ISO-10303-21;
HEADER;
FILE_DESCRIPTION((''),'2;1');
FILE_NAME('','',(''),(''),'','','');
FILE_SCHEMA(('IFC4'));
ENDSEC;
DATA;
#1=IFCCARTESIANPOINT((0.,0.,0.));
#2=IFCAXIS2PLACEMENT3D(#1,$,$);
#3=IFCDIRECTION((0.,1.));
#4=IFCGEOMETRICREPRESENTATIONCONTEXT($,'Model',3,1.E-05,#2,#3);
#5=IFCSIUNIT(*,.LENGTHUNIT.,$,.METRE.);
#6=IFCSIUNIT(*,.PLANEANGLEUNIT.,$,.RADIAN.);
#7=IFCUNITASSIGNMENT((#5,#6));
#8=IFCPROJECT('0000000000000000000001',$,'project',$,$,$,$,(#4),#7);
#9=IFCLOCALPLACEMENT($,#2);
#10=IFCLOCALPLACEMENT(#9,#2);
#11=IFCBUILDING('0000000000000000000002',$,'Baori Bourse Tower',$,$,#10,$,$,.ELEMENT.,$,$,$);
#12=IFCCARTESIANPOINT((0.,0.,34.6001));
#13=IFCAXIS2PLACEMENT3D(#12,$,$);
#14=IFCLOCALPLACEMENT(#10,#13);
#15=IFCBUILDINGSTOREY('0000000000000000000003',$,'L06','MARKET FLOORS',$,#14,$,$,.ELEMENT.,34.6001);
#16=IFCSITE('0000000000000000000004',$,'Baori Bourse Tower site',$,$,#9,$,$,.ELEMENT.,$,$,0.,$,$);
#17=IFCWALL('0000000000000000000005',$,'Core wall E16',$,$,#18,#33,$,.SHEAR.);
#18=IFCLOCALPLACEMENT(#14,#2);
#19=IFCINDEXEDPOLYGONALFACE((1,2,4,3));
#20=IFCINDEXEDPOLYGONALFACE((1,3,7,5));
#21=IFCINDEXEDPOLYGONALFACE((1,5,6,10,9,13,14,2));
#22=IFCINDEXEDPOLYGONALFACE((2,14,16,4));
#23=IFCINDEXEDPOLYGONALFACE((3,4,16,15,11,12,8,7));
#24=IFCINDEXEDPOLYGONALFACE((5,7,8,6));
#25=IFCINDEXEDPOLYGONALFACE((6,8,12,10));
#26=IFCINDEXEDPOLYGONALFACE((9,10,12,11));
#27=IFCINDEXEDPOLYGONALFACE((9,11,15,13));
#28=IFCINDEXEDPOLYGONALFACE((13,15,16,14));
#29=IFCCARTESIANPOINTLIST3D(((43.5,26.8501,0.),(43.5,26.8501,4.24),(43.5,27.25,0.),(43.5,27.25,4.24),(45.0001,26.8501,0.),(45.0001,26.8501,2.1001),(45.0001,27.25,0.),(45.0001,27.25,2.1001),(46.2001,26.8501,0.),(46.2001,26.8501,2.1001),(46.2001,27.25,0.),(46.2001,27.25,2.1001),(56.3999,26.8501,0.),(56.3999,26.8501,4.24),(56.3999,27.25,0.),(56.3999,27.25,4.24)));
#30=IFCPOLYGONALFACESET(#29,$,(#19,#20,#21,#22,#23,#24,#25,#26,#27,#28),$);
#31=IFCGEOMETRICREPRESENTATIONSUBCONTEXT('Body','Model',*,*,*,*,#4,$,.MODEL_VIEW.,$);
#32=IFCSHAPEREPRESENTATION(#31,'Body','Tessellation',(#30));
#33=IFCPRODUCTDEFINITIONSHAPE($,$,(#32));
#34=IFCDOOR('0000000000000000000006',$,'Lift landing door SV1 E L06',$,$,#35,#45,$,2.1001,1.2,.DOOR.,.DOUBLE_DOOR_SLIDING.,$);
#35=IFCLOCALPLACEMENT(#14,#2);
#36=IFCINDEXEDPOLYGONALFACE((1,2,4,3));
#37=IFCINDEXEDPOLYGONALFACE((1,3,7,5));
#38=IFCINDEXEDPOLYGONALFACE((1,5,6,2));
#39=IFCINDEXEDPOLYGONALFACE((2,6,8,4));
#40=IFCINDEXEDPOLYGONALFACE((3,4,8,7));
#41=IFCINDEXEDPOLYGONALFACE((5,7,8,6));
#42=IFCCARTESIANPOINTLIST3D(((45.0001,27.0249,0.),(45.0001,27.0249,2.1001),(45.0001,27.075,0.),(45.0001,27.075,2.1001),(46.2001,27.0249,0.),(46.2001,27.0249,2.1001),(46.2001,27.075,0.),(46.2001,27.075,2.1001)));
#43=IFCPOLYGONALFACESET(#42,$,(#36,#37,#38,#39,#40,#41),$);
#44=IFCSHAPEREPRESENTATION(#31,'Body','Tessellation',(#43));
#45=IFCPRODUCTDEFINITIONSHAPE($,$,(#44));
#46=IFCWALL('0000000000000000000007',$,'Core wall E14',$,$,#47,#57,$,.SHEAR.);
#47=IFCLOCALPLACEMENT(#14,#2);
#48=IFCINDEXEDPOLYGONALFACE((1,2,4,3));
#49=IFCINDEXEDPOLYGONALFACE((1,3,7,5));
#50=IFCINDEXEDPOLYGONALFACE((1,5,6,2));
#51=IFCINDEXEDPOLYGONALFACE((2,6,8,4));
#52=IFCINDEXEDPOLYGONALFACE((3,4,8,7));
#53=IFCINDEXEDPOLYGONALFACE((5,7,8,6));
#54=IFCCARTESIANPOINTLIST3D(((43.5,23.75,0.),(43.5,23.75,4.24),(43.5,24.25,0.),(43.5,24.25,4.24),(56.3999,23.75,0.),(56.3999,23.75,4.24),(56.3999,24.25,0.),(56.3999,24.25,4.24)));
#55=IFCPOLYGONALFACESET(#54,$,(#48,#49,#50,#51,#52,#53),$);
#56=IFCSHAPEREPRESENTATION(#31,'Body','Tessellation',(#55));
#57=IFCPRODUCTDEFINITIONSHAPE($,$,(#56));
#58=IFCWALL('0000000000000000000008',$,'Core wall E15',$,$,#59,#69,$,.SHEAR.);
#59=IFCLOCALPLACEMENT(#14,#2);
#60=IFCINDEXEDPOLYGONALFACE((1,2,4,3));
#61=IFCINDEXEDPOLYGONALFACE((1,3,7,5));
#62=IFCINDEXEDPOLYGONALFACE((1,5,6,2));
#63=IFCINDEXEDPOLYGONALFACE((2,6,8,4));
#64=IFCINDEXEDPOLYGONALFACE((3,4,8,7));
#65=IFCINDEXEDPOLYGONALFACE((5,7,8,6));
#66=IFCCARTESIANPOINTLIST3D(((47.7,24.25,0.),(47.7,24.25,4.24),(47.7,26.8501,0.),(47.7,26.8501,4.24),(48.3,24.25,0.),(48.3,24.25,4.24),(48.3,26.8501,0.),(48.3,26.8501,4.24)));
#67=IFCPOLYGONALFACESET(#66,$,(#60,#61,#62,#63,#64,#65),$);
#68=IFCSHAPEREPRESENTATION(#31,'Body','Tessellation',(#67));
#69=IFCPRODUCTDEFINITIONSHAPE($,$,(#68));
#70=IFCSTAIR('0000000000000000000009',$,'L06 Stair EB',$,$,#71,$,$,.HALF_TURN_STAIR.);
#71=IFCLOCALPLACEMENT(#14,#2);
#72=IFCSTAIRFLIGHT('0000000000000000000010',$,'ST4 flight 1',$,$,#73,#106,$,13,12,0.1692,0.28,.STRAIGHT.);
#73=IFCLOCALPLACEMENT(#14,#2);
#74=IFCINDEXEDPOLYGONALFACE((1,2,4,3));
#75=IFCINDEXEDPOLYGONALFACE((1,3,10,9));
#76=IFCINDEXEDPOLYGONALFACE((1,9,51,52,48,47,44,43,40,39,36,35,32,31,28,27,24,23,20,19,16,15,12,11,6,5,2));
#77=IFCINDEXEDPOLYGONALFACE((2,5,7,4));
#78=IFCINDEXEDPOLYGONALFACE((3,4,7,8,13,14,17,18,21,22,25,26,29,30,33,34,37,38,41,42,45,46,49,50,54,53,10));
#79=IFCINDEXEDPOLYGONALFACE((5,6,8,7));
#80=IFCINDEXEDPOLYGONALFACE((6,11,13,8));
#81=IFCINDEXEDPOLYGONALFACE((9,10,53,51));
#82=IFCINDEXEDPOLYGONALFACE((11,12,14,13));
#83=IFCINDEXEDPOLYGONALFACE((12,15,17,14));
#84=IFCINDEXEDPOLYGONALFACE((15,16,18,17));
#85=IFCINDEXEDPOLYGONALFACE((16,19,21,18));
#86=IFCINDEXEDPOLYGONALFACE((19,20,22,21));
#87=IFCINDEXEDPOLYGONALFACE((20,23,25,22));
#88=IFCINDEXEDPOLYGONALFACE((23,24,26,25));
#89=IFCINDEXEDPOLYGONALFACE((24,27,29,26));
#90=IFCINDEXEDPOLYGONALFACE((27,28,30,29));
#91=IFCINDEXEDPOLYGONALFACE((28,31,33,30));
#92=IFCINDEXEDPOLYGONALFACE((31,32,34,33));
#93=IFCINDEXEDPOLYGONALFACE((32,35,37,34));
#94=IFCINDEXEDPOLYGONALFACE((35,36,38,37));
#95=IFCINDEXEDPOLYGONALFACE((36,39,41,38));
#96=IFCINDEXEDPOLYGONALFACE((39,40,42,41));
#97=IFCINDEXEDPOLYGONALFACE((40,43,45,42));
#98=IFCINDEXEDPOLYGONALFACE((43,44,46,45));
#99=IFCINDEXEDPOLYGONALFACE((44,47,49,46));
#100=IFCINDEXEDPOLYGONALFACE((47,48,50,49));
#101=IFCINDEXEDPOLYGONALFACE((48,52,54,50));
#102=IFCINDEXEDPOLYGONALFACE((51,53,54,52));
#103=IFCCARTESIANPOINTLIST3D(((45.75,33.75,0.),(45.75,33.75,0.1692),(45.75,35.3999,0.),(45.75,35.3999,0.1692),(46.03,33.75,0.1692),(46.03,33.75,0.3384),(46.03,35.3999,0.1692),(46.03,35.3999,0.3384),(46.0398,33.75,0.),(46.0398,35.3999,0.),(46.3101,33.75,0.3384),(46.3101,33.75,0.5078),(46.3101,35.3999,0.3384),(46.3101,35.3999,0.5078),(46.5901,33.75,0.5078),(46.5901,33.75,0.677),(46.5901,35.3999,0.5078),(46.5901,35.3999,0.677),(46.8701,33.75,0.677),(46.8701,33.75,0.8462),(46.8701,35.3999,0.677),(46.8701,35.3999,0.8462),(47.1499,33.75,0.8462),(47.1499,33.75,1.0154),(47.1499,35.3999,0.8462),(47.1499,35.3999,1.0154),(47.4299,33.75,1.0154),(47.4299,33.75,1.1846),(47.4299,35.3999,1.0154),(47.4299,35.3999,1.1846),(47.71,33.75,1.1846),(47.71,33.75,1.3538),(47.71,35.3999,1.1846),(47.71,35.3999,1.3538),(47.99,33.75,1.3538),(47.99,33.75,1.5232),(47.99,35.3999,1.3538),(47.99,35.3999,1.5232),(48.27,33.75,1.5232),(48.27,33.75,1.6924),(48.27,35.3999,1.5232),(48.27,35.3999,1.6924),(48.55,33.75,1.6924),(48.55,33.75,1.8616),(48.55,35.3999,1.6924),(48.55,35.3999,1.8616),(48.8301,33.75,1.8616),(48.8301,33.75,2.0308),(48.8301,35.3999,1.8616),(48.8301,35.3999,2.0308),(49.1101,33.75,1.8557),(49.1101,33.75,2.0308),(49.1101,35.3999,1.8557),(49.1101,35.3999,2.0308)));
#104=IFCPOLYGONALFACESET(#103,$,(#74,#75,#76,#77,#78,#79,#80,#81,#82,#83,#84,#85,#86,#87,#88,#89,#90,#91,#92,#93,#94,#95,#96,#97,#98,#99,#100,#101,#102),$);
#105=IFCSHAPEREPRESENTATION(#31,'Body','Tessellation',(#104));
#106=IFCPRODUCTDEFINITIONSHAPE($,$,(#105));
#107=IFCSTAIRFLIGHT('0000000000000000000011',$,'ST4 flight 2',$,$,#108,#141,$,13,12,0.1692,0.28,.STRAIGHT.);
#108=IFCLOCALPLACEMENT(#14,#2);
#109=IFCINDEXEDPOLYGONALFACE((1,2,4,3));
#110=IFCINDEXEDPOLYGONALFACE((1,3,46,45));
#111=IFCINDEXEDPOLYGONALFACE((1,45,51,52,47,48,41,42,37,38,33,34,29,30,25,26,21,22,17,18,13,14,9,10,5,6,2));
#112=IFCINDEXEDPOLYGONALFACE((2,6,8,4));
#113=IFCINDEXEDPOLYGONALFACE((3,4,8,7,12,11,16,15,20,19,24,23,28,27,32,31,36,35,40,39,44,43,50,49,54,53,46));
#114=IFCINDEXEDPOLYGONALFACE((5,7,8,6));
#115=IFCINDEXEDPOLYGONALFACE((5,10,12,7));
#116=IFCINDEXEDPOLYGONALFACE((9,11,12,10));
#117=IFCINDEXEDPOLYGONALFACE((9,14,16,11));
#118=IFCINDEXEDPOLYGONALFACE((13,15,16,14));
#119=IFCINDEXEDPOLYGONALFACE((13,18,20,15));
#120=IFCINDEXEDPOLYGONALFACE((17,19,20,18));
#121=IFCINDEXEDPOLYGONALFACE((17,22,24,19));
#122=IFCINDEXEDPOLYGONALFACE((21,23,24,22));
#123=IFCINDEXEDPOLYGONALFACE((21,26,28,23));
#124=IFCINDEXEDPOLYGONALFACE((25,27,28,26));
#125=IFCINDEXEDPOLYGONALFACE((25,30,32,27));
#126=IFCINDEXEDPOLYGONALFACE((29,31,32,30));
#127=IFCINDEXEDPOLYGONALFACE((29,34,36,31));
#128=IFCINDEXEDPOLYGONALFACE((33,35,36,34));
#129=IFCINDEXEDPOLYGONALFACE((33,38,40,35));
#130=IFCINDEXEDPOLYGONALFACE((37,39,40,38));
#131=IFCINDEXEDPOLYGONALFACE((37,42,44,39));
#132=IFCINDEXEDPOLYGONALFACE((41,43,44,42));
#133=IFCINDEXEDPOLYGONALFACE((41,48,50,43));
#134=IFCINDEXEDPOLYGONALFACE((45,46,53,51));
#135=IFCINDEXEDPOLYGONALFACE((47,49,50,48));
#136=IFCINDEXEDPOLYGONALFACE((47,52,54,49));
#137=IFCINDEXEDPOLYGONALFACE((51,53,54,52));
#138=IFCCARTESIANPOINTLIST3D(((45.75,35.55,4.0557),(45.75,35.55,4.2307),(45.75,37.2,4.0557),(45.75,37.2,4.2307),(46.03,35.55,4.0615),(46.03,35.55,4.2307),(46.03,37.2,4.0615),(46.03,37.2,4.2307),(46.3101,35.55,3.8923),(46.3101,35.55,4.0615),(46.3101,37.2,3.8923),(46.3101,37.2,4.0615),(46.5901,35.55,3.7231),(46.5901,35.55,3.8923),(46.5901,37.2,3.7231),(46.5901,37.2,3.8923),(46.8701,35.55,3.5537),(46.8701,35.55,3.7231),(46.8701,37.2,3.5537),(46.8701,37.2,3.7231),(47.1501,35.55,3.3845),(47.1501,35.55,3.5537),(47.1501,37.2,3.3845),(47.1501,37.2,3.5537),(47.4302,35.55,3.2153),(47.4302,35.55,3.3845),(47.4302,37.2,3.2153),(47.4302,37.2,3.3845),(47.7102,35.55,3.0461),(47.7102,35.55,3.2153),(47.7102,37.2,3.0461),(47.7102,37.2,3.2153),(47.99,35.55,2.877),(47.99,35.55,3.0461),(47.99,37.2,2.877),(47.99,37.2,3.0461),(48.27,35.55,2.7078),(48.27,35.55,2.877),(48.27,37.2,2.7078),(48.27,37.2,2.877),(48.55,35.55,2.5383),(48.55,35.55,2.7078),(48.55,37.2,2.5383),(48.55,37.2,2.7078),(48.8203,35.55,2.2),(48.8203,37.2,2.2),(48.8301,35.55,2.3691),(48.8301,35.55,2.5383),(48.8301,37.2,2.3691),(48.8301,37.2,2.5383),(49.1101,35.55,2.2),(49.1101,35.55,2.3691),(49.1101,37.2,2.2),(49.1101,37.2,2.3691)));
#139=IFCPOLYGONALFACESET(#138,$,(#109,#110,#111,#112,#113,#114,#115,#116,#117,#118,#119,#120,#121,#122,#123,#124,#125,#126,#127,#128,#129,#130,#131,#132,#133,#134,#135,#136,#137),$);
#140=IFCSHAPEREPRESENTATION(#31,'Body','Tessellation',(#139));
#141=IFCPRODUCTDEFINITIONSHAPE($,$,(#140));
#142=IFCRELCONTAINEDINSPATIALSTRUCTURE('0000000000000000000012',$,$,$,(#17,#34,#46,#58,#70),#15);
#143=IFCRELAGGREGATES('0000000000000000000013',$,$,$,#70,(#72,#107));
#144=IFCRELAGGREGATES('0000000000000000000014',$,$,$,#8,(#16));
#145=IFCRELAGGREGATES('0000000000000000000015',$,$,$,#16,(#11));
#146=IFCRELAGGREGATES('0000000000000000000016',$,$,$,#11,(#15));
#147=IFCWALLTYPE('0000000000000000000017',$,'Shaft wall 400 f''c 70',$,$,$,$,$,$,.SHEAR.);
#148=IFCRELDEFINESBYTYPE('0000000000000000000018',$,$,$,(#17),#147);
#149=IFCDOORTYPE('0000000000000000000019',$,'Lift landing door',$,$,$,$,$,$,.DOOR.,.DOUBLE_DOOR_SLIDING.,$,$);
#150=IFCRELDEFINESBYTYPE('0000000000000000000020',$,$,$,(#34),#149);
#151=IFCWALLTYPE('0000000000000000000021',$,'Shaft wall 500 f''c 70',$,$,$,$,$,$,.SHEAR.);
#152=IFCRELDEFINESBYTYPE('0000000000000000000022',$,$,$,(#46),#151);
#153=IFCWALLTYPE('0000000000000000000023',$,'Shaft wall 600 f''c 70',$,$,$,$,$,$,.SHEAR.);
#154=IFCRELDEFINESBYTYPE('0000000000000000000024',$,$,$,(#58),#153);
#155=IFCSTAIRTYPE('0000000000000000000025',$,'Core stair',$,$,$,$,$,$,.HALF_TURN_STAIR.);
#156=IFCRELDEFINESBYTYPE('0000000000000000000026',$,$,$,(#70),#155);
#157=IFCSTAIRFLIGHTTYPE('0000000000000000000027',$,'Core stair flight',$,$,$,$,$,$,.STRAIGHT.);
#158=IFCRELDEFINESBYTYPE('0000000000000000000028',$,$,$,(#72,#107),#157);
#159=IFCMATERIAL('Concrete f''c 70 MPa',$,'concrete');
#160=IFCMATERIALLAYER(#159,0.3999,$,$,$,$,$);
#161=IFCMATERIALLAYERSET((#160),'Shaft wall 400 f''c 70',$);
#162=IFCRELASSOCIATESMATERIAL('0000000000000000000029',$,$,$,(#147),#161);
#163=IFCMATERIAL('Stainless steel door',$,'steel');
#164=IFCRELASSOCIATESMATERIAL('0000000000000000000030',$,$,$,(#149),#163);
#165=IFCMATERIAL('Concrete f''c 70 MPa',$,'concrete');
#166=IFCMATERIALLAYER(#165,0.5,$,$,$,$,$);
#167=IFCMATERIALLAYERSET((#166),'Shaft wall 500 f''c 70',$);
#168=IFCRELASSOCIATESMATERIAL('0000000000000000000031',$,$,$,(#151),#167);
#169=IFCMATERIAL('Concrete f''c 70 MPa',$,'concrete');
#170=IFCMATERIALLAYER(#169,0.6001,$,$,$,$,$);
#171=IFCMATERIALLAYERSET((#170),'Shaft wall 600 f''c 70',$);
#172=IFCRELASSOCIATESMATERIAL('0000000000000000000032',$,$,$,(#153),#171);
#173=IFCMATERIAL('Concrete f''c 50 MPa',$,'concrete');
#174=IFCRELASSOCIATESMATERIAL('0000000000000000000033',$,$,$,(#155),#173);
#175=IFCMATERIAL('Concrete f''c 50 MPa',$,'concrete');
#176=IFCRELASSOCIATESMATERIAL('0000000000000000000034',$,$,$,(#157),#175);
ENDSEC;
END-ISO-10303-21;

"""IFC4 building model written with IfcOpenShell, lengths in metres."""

from ifc_helpers import new_model, si_unit, direction, frame, frame_2d, origin, place, context, subcontext, project, spatial, polyline, rectangle, outline, extrude, material, layer, layer_set, type_object, element, fill, aggregate, save


model = new_model("IFC4")

# Units and contexts
model_context = context("Model", 3, precision=1e-05, world=origin(), true_north=direction((0.0, 1.0)))
body_context = subcontext(model_context, "Body", "Model", "MODEL_VIEW")
ifc_project = project(units=[si_unit("LENGTHUNIT", "METRE"), si_unit("PLANEANGLEUNIT", "RADIAN")], contexts=[model_context])

# Site, building, storey
site_placement = place(None, origin())
site = spatial("IfcSite", under=ifc_project, at=site_placement, Name="Baori Bourse Tower site", CompositionType="ELEMENT", RefElevation=0.0)
building_placement = place(site_placement, origin())
building = spatial("IfcBuilding", under=site, at=building_placement, Name="Baori Bourse Tower", CompositionType="ELEMENT")
storey_placement = place(building_placement, frame((0.0, 0.0, 34.6001)))
storey = spatial("IfcBuildingStorey", under=building, at=storey_placement, Name="L06", Description="MARKET FLOORS", CompositionType="ELEMENT", Elevation=34.6001)

# Wall, opening, door
ifc_material_1 = material(Name="Concrete f'c 70 MPa", Category="concrete")
ifc_layer_1 = layer(ifc_material_1, 0.3999)
ifc_layer_set_1 = layer_set([ifc_layer_1], Name="Shaft wall 400 f'c 70")
wall_type_1 = type_object("IfcWallType", Name="Shaft wall 400 f'c 70", PredefinedType="SHEAR", material=ifc_layer_set_1)
wall_1_placement = place(storey_placement, frame((43.5, 27.05, 0.0), z_axis=(0.0, 0.0, 1.0), x_axis=(1.0, 0.0, 0.0)))
wall_1 = element("IfcWall", 1, at=wall_1_placement, inside=storey, type_object=wall_type_1, Name="Core wall E16", PredefinedType="SHEAR", context=body_context, shape_type="SweptSolid", body=[
    extrude(rectangle(XDim=12.8999, YDim=0.3999, at=frame_2d((6.45, 0.0))), origin(), (0.0, 0.0, 1.0), 4.24),
])
opening_1_placement = place(wall_1_placement, frame((1.5, 0.0, 0.0)))
opening_1 = element("IfcOpeningElement", 2, at=opening_1_placement, cuts=wall_1, PredefinedType="OPENING", context=body_context, shape_type="SweptSolid", body=[
    extrude(rectangle(XDim=1.2, YDim=2.1001, at=frame_2d((0.6001, 1.05))), frame((0.0, 0.21, 0.0), z_axis=(0.0, -1.0, 0.0), x_axis=(1.0, 0.0, 0.0)), (0.0, 0.0, 1.0), 0.4199),
])
ifc_material_2 = material(Name="Stainless steel door", Category="steel")
door_type_1 = type_object("IfcDoorType", Name="Lift landing door", OperationType="DOUBLE_DOOR_SLIDING", PredefinedType="DOOR", material=ifc_material_2)
door_1_placement = place(opening_1_placement, origin())
door_1 = element("IfcDoor", 3, at=door_1_placement, inside=storey, type_object=door_type_1, Name="Lift landing door SV1 E L06", OperationType="DOUBLE_DOOR_SLIDING", OverallHeight=2.1001, OverallWidth=1.2, PredefinedType="DOOR", context=body_context, shape_type="SweptSolid", body=[
    extrude(rectangle(XDim=1.2, YDim=2.1001, at=frame_2d((0.6001, 1.05))), frame((0.0, 0.0249, 0.0), z_axis=(0.0, -1.0, 0.0), x_axis=(1.0, 0.0, 0.0)), (0.0, 0.0, 1.0), 0.05),
])
fill(opening_1, door_1)

# Walls
ifc_material_3 = material(Name="Concrete f'c 70 MPa", Category="concrete")
ifc_layer_2 = layer(ifc_material_3, 0.5)
ifc_layer_set_2 = layer_set([ifc_layer_2], Name="Shaft wall 500 f'c 70")
wall_type_2 = type_object("IfcWallType", Name="Shaft wall 500 f'c 70", PredefinedType="SHEAR", material=ifc_layer_set_2)
wall_2_placement = place(storey_placement, frame((43.5, 24.0, 0.0), z_axis=(0.0, 0.0, 1.0), x_axis=(1.0, 0.0, 0.0)))
element("IfcWall", 4, at=wall_2_placement, inside=storey, type_object=wall_type_2, Name="Core wall E14", PredefinedType="SHEAR", context=body_context, shape_type="SweptSolid", body=[
    extrude(rectangle(XDim=12.8999, YDim=0.5, at=frame_2d((6.45, 0.0))), origin(), (0.0, 0.0, 1.0), 4.24),
])
ifc_material_4 = material(Name="Concrete f'c 70 MPa", Category="concrete")
ifc_layer_3 = layer(ifc_material_4, 0.6001)
ifc_layer_set_3 = layer_set([ifc_layer_3], Name="Shaft wall 600 f'c 70")
wall_type_3 = type_object("IfcWallType", Name="Shaft wall 600 f'c 70", PredefinedType="SHEAR", material=ifc_layer_set_3)
wall_3_placement = place(storey_placement, frame((48.0, 24.25, 0.0), z_axis=(0.0, 0.0, 1.0), x_axis=(0.0, 1.0, 0.0)))
element("IfcWall", 5, at=wall_3_placement, inside=storey, type_object=wall_type_3, Name="Core wall E15", PredefinedType="SHEAR", context=body_context, shape_type="SweptSolid", body=[
    extrude(rectangle(XDim=2.6001, YDim=0.6001, at=frame_2d((1.3, 0.0))), origin(), (0.0, 0.0, 1.0), 4.24),
])

# Stair, stair flights
ifc_material_5 = material(Name="Concrete f'c 50 MPa", Category="concrete")
stair_type = type_object("IfcStairType", Name="Core stair", PredefinedType="HALF_TURN_STAIR", material=ifc_material_5)
stair_placement = place(storey_placement, origin())
stair = element("IfcStair", 6, at=stair_placement, inside=storey, type_object=stair_type, Name="L06 Stair EB", PredefinedType="HALF_TURN_STAIR")
ifc_material_6 = material(Name="Concrete f'c 50 MPa", Category="concrete")
stair_flight_type = type_object("IfcStairFlightType", Name="Core stair flight", PredefinedType="STRAIGHT", material=ifc_material_6)
stair_flight_1_placement = place(storey_placement, frame((45.75, 34.575, 0.0), z_axis=(0.0, 0.0, 1.0), x_axis=(1.0, 0.0, 0.0)))
stair_flight_1 = element("IfcStairFlight", 7, at=stair_flight_1_placement, type_object=stair_flight_type, Name="ST4 flight 1", NumberOfRisers=13, NumberOfTreads=12, PredefinedType="STRAIGHT", RiserHeight=0.1692, TreadLength=0.28, context=body_context, shape_type="SweptSolid", body=[
    extrude(outline(polyline([(0.0, 0.0), (0.0, 0.1692), (0.28, 0.1692), (0.28, 0.3384), (0.5601, 0.3384), (0.5601, 0.5078), (0.8401, 0.5078), (0.8401, 0.677), (1.1201, 0.677), (1.1201, 0.8462), (1.3999, 0.8462), (1.3999, 1.0154), (1.6799, 1.0154), (1.6799, 1.1846), (1.96, 1.1846), (1.96, 1.3538), (2.24, 1.3538), (2.24, 1.5232), (2.52, 1.5232), (2.52, 1.6924), (2.8, 1.6924), (2.8, 1.8616), (3.0801, 1.8616), (3.0801, 2.0308), (3.3601, 2.0308), (3.3601, 2.2), (3.3601, 1.8557), (0.2898, 0.0), (0.0, 0.0)])), frame((0.0, 0.825, 0.0), z_axis=(0.0, -1.0, 0.0), x_axis=(1.0, 0.0, 0.0)), (0.0, 0.0, 1.0), 1.6499),
])
stair_flight_2_placement = place(storey_placement, frame((49.1101, 36.375, 2.2), z_axis=(0.0, 0.0, 1.0), x_axis=(-1.0, 0.0, 0.0)))
stair_flight_2 = element("IfcStairFlight", 8, at=stair_flight_2_placement, type_object=stair_flight_type, Name="ST4 flight 2", NumberOfRisers=13, NumberOfTreads=12, PredefinedType="STRAIGHT", RiserHeight=0.1692, TreadLength=0.28, context=body_context, shape_type="SweptSolid", body=[
    extrude(outline(polyline([(0.0, 0.0), (0.0, 0.1692), (0.28, 0.1692), (0.28, 0.3384), (0.5601, 0.3384), (0.5601, 0.5078), (0.8401, 0.5078), (0.8401, 0.677), (1.1201, 0.677), (1.1201, 0.8462), (1.3999, 0.8462), (1.3999, 1.0154), (1.6799, 1.0154), (1.6799, 1.1846), (1.96, 1.1846), (1.96, 1.3538), (2.24, 1.3538), (2.24, 1.5232), (2.52, 1.5232), (2.52, 1.6924), (2.8, 1.6924), (2.8, 1.8616), (3.0801, 1.8616), (3.0801, 2.0308), (3.3601, 2.0308), (3.3601, 2.2), (3.3601, 1.8557), (0.2898, 0.0), (0.0, 0.0)])), frame((0.0, 0.825, 0.0), z_axis=(0.0, -1.0, 0.0), x_axis=(1.0, 0.0, 0.0)), (0.0, 0.0, 1.0), 1.6499),
])
aggregate(stair, [stair_flight_1, stair_flight_2])

save(model, "model.ifc")
